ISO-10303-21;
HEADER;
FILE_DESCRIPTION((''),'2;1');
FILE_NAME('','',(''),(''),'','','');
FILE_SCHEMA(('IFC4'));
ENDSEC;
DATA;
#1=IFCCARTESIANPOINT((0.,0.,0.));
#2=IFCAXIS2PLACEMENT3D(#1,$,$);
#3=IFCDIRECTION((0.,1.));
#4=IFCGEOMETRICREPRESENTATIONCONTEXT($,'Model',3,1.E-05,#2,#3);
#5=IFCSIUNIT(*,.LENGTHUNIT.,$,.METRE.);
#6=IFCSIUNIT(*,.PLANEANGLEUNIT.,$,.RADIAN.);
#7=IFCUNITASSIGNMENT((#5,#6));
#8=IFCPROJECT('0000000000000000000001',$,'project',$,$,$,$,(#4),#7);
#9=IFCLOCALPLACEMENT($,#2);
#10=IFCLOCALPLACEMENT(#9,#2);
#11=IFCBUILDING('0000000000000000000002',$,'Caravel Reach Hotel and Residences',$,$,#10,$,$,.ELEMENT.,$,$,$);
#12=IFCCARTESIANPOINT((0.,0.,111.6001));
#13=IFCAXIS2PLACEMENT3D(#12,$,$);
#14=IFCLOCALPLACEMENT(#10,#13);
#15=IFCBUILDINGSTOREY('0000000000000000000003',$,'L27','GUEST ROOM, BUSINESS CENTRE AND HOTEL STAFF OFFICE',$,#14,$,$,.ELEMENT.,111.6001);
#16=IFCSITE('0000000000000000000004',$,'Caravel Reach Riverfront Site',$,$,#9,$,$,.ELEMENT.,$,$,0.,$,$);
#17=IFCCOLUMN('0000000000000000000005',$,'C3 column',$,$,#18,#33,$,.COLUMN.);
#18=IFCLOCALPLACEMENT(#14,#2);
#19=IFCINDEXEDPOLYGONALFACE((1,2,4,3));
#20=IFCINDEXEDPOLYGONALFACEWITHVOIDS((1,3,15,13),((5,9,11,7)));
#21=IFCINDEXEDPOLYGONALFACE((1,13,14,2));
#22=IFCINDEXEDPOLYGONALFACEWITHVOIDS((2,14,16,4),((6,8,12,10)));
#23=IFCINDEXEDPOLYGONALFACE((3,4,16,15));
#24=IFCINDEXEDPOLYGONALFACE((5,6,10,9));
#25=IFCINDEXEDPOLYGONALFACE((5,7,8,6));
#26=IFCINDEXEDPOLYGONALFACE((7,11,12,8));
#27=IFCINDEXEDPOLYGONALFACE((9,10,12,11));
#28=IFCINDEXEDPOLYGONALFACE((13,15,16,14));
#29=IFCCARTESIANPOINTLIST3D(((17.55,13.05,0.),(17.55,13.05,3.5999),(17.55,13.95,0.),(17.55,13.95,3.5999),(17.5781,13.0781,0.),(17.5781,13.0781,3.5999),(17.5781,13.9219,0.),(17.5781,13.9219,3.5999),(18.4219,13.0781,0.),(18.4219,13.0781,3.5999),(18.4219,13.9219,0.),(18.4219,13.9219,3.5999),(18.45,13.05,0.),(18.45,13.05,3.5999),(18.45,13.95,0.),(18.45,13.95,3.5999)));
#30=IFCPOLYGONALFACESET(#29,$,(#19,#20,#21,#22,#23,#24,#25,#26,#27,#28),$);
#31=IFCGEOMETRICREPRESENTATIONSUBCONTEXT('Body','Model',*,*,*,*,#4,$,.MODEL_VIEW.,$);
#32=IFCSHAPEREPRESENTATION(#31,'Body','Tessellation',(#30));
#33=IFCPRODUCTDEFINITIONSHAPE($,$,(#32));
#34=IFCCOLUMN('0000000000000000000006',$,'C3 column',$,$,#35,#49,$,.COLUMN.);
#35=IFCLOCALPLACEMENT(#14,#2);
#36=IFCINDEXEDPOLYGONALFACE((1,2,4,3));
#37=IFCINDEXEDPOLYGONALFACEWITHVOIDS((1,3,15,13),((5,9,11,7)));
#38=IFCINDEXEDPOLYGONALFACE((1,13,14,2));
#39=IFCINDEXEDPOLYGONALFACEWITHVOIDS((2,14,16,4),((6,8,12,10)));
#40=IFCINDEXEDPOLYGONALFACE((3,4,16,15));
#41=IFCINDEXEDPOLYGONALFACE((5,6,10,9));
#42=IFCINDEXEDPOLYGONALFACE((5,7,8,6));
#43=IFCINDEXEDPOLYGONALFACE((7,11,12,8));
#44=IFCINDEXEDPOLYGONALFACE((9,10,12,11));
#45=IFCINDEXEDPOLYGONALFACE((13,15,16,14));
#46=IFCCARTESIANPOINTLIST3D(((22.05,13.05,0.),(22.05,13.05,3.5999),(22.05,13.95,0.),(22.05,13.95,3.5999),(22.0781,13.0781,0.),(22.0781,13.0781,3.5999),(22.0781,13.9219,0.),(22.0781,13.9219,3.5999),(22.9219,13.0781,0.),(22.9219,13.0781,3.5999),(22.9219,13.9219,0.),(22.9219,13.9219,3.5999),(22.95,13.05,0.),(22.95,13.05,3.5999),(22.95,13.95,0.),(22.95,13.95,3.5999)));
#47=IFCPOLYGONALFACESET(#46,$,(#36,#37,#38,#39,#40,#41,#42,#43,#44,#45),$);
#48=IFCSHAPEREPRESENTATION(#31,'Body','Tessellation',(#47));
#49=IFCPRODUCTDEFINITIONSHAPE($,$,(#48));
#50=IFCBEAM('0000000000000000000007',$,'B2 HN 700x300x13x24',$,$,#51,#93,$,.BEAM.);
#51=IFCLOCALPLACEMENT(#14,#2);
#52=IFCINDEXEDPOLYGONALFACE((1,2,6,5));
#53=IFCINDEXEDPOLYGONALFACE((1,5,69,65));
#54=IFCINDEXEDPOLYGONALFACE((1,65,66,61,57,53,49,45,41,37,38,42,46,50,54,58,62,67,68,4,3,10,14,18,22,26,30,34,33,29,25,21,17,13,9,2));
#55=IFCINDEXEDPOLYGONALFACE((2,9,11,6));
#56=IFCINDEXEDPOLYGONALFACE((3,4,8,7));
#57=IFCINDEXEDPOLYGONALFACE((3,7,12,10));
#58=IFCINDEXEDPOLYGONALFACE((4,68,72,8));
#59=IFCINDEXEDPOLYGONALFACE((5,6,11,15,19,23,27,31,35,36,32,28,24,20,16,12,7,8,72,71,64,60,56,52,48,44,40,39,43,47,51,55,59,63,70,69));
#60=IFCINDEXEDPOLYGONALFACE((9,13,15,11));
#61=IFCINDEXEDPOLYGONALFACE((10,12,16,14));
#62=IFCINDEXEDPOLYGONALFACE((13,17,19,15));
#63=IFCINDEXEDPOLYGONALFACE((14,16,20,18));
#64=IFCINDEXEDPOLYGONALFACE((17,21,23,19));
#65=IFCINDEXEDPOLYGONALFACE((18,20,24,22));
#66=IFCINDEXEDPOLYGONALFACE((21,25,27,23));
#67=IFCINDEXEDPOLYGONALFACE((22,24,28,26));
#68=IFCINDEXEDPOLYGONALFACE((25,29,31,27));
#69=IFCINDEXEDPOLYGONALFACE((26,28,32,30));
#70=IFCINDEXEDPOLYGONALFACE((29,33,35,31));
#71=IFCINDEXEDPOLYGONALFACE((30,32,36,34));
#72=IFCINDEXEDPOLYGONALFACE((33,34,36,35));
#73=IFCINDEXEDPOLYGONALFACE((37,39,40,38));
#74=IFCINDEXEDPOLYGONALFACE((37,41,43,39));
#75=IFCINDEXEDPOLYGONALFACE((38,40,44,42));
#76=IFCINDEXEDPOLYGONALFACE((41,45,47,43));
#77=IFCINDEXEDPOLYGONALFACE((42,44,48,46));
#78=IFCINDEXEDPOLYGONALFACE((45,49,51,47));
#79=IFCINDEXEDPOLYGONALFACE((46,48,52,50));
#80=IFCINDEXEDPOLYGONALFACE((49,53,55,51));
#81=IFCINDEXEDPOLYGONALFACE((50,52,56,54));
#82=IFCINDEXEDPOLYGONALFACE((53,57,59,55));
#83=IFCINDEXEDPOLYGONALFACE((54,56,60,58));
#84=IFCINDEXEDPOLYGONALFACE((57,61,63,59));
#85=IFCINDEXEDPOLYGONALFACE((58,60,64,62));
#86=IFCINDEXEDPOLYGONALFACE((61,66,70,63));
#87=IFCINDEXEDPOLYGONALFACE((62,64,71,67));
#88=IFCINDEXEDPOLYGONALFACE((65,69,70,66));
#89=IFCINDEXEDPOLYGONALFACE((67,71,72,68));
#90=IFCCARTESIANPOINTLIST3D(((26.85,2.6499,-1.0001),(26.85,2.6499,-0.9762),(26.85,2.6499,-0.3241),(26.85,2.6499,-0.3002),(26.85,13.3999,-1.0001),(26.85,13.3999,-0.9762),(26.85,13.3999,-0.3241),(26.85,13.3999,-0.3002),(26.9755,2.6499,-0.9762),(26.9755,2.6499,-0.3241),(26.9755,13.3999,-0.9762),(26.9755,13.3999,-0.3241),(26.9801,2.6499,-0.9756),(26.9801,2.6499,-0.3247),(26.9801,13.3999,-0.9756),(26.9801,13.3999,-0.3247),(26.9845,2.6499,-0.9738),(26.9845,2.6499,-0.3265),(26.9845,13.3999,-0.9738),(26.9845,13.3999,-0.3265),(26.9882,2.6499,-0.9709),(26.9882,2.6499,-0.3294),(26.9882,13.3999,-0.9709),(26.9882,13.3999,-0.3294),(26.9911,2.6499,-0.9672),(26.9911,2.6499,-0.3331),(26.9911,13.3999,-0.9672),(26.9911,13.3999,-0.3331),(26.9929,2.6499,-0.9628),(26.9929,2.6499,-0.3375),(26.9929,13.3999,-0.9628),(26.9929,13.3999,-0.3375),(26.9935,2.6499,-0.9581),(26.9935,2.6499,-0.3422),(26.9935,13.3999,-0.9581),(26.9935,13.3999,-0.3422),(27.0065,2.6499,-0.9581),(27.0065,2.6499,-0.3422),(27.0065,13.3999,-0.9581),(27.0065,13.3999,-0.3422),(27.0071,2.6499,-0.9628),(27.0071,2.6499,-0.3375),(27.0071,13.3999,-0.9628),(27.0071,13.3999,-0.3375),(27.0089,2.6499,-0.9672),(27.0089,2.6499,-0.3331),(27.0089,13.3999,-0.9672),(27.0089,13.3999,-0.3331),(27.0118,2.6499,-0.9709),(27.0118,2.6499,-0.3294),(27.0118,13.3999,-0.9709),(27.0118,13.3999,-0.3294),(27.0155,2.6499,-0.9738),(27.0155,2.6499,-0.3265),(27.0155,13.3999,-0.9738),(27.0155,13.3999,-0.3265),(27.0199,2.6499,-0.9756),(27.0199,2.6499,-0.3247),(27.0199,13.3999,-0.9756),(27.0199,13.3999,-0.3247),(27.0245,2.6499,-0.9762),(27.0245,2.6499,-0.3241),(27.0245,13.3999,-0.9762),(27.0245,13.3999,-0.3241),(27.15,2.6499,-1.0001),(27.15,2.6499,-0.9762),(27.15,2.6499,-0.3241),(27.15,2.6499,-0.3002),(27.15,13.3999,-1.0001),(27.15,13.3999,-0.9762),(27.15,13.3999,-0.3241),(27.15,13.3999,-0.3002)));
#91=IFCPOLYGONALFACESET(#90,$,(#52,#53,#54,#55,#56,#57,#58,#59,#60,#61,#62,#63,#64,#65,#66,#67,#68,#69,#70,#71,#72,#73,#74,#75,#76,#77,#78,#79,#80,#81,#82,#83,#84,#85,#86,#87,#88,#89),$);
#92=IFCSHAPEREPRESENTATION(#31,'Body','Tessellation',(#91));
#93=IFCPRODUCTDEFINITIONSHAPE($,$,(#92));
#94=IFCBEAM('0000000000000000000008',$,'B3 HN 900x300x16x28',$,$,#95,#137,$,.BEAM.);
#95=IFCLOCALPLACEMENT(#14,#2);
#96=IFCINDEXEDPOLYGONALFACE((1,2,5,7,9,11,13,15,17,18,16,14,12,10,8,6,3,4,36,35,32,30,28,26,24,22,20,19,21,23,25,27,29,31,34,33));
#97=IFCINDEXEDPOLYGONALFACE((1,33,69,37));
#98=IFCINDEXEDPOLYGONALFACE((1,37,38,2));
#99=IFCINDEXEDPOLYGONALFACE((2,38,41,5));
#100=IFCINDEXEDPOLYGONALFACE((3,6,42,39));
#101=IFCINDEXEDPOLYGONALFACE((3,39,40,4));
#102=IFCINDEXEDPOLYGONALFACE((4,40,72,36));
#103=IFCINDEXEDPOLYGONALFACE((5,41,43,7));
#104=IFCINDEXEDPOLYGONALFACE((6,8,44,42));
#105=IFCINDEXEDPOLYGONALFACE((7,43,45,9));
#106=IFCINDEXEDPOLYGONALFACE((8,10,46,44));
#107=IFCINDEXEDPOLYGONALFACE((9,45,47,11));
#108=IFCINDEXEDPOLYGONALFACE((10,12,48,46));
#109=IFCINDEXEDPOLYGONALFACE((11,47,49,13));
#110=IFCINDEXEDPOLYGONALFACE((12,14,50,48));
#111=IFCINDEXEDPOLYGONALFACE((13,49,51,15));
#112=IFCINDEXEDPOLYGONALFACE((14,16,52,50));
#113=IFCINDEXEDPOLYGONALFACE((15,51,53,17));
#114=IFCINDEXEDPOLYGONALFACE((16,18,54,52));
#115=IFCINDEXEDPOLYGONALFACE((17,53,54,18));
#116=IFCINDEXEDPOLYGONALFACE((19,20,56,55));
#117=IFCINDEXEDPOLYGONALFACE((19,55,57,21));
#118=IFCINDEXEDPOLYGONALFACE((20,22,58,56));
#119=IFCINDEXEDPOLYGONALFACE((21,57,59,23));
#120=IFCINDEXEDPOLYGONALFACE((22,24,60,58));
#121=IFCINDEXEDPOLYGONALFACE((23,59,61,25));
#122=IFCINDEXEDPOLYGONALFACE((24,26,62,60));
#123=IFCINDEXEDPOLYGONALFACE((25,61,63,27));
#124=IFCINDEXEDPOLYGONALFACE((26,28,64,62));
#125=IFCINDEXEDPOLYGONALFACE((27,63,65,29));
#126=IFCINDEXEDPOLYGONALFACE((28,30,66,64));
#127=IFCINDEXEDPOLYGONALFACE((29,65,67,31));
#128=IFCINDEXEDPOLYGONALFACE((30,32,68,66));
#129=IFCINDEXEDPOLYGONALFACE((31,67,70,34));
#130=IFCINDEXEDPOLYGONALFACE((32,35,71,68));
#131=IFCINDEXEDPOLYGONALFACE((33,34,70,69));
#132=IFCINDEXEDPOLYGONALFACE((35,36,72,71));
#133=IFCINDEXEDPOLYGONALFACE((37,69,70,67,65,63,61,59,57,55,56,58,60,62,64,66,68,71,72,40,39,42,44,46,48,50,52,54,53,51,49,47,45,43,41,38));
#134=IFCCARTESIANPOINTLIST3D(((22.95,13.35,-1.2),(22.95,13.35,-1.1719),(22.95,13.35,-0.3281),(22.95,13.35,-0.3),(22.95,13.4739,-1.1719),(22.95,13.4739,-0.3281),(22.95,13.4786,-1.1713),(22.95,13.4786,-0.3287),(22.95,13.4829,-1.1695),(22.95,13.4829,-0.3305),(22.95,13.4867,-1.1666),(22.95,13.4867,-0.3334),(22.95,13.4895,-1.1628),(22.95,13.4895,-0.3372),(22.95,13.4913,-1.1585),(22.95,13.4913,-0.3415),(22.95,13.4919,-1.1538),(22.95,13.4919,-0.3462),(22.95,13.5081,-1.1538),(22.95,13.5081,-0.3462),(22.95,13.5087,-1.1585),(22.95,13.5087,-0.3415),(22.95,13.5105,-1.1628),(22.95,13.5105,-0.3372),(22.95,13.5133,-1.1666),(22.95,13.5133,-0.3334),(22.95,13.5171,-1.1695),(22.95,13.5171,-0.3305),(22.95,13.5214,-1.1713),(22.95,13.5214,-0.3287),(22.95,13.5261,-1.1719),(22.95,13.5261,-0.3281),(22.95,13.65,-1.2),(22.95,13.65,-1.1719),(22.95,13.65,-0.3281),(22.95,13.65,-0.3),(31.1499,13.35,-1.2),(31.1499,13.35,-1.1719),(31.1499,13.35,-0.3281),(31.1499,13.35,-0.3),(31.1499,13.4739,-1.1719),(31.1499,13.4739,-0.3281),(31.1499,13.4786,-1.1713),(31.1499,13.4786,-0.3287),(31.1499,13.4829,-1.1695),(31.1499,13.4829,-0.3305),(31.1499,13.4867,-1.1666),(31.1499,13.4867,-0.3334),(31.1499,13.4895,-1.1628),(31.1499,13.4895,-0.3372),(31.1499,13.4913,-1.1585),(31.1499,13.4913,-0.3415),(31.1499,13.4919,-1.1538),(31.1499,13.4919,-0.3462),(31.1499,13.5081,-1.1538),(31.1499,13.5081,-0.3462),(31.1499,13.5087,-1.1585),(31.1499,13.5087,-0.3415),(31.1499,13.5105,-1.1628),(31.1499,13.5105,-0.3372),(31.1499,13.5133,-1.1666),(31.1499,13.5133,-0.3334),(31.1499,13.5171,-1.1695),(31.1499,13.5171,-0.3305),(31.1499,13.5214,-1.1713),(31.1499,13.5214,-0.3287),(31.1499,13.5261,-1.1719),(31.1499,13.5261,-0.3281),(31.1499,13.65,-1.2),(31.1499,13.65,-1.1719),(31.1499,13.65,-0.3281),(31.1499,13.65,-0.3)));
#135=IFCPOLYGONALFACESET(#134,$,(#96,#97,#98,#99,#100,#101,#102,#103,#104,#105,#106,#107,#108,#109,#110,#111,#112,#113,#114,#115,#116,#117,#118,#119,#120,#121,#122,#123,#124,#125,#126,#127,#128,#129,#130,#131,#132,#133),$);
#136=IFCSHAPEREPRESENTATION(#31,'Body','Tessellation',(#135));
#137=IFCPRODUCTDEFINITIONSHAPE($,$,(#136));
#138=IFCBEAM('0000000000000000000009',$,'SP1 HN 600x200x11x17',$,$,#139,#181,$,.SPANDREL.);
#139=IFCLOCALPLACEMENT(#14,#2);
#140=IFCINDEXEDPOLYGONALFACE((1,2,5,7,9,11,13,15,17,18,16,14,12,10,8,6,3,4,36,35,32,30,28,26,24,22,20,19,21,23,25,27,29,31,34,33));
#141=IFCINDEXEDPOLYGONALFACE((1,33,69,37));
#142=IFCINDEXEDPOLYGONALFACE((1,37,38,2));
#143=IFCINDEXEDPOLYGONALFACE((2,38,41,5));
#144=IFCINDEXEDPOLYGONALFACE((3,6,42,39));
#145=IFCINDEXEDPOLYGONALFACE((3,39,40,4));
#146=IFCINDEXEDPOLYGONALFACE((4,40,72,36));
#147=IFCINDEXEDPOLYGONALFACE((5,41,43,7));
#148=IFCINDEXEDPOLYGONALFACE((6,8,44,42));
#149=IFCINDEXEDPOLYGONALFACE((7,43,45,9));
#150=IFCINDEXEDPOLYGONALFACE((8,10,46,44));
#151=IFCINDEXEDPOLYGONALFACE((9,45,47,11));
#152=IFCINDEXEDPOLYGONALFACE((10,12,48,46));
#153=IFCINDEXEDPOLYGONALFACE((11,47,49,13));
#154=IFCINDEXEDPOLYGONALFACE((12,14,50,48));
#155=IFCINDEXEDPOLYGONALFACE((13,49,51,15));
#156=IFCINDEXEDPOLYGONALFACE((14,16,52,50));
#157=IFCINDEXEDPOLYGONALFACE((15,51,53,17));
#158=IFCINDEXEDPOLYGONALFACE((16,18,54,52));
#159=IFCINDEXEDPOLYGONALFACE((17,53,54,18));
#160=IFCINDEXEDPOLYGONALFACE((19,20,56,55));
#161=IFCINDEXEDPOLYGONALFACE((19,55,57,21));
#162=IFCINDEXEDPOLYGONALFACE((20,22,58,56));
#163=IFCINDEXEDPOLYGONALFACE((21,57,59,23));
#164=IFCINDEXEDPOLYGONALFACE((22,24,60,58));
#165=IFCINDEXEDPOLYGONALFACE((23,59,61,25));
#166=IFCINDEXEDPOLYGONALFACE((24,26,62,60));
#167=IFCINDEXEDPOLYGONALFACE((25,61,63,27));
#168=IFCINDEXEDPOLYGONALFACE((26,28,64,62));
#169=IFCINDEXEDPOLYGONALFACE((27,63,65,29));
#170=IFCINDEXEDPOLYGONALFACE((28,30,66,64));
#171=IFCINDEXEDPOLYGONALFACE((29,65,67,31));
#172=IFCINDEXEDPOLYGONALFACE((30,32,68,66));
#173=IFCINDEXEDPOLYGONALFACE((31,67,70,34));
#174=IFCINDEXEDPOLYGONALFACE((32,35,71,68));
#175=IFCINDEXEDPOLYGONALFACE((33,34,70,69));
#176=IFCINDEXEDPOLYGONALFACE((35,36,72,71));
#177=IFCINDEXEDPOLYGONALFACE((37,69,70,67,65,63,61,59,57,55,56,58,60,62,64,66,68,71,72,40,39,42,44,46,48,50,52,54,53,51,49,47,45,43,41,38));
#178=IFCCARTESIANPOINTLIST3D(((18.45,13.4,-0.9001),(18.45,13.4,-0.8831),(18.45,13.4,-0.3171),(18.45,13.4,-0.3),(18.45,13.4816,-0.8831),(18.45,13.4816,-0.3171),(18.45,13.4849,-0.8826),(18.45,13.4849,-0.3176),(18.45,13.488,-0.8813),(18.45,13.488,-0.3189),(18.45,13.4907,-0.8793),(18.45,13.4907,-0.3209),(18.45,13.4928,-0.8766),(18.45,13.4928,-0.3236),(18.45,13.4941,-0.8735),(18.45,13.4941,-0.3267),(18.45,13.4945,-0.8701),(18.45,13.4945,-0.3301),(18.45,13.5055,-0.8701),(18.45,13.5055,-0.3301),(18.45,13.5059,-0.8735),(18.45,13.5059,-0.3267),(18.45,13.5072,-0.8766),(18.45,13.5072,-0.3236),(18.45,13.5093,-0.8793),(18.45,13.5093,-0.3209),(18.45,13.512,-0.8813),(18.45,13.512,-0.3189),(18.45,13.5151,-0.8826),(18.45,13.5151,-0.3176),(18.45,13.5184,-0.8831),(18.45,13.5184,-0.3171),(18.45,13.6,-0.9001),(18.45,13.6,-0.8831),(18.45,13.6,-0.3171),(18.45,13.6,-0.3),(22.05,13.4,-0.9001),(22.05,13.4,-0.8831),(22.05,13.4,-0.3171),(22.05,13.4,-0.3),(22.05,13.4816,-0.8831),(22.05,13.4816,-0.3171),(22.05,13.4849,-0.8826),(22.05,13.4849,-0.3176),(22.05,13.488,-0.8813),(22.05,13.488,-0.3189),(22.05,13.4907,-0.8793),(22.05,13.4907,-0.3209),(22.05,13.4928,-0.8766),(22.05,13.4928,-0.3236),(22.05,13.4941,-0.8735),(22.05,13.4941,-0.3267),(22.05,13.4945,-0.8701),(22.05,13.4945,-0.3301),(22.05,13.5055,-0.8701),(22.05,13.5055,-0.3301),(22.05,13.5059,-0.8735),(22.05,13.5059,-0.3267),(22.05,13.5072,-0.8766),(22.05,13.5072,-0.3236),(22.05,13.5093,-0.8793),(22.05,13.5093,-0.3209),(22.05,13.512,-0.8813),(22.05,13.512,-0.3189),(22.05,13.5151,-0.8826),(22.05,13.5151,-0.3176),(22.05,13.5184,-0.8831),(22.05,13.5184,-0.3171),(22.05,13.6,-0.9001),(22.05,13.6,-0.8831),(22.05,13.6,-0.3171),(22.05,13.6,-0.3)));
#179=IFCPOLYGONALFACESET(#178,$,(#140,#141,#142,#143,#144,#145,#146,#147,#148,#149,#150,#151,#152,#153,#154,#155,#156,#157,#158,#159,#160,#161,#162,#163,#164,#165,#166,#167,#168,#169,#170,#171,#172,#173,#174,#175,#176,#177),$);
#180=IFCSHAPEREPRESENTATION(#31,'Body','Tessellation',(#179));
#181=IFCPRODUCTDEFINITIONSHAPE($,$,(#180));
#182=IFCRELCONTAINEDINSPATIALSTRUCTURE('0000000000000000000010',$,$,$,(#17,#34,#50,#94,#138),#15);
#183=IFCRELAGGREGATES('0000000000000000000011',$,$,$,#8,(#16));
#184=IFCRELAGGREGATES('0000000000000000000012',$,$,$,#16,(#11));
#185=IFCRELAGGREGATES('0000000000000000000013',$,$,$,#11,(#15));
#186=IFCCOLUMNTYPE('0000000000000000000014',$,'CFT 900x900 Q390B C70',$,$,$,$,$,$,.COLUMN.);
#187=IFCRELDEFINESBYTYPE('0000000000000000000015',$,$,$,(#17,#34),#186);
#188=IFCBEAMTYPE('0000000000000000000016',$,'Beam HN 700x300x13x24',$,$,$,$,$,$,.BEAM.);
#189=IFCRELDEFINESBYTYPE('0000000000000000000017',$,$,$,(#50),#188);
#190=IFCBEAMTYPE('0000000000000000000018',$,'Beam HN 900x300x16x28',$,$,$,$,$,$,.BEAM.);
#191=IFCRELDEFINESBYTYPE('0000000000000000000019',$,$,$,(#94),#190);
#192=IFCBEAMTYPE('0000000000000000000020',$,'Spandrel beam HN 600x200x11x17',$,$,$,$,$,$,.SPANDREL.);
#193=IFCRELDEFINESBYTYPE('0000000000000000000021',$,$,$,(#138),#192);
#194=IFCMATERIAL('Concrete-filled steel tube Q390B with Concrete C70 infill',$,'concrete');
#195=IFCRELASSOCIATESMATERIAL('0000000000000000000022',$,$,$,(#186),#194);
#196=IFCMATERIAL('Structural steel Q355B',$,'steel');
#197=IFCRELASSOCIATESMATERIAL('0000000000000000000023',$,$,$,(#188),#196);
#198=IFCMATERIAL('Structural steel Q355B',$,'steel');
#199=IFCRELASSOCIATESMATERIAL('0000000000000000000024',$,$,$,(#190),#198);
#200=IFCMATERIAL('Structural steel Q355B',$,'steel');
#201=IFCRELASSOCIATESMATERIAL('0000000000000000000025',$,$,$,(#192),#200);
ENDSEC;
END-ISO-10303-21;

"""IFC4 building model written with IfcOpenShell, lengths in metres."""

from ifc_helpers import new_model, si_unit, direction, frame, origin, origin_2d, place, context, subcontext, project, spatial, hollow_rectangle, i_section, extrude, material, material_profile, profile_set, type_object, element, save


model = new_model("IFC4")

# Units and contexts
model_context = context("Model", 3, precision=1e-05, world=origin(), true_north=direction((0.0, 1.0)))
body_context = subcontext(model_context, "Body", "Model", "MODEL_VIEW")
ifc_project = project(units=[si_unit("LENGTHUNIT", "METRE"), si_unit("PLANEANGLEUNIT", "RADIAN")], contexts=[model_context])

# Site, building, storey
site_placement = place(None, origin())
site = spatial("IfcSite", under=ifc_project, at=site_placement, Name="Caravel Reach Riverfront Site", CompositionType="ELEMENT", RefElevation=0.0)
building_placement = place(site_placement, origin())
building = spatial("IfcBuilding", under=site, at=building_placement, Name="Caravel Reach Hotel and Residences", CompositionType="ELEMENT")
storey_placement = place(building_placement, frame((0.0, 0.0, 111.6001)))
storey = spatial("IfcBuildingStorey", under=building, at=storey_placement, Name="L27", Description="GUEST ROOM, BUSINESS CENTRE AND HOTEL STAFF OFFICE", CompositionType="ELEMENT", Elevation=111.6001)

# Columns
ifc_material_1 = material(Name="Concrete-filled steel tube Q390B with Concrete C70 infill", Category="concrete")
ifc_material_profile_1 = material_profile(ifc_material_1, hollow_rectangle(XDim=0.8999, YDim=0.8999, WallThickness=0.0281, at=origin_2d()), Name="RHS 900x900x28")
ifc_profile_set_1 = profile_set([ifc_material_profile_1], Name="Concrete-filled steel tube Q390B with Concrete C70 infill")
column_type = type_object("IfcColumnType", Name="CFT 900x900 Q390B C70", PredefinedType="COLUMN", material=ifc_profile_set_1)
for number, where, z_axis, x_axis, name in (
    (1, (18.0, 13.5, 0.0), (0.0, 0.0, 1.0), (1.0, 0.0, 0.0), "C3 column"),
    (2, (22.5, 13.5, 0.0), (0.0, 0.0, 1.0), (1.0, 0.0, 0.0), "C3 column"),
):
    element("IfcColumn", number, at=place(storey_placement, frame(where, z_axis=z_axis, x_axis=x_axis)), inside=storey, type_object=column_type, Name=name, PredefinedType="COLUMN", context=body_context, shape_type="SweptSolid", body=[
        extrude(hollow_rectangle(XDim=0.8999, YDim=0.8999, WallThickness=0.0281, at=origin_2d()), origin(), (0.0, 0.0, 1.0), 3.5999),
    ])

# Beams
ifc_material_2 = material(Name="Structural steel Q355B", Category="steel")
ifc_material_profile_2 = material_profile(ifc_material_2, i_section(OverallWidth=0.3, OverallDepth=0.7, WebThickness=0.0129, FlangeThickness=0.0239, FilletRadius=0.0181, at=origin_2d()), Name="HN 700x300x13x24")
ifc_profile_set_2 = profile_set([ifc_material_profile_2], Name="Structural steel Q355B")
beam_type_1 = type_object("IfcBeamType", Name="Beam HN 700x300x13x24", PredefinedType="BEAM", material=ifc_profile_set_2)
beam_1_placement = place(storey_placement, frame((27.0, 13.3999, -0.6501), z_axis=(0.0, -1.0, 0.0), x_axis=(1.0, 0.0, 0.0)))
element("IfcBeam", 3, at=beam_1_placement, inside=storey, type_object=beam_type_1, Name="B2 HN 700x300x13x24", PredefinedType="BEAM", context=body_context, shape_type="SweptSolid", body=[
    extrude(i_section(OverallWidth=0.3, OverallDepth=0.7, WebThickness=0.0129, FlangeThickness=0.0239, FilletRadius=0.0181, at=origin_2d()), origin(), (0.0, 0.0, 1.0), 10.75),
])
ifc_material_3 = material(Name="Structural steel Q355B", Category="steel")
ifc_material_profile_3 = material_profile(ifc_material_3, i_section(OverallWidth=0.3, OverallDepth=0.8999, WebThickness=0.0161, FlangeThickness=0.0281, FilletRadius=0.0181, at=origin_2d()), Name="HN 900x300x16x28")
ifc_profile_set_3 = profile_set([ifc_material_profile_3], Name="Structural steel Q355B")
beam_type_2 = type_object("IfcBeamType", Name="Beam HN 900x300x16x28", PredefinedType="BEAM", material=ifc_profile_set_3)
beam_2_placement = place(storey_placement, frame((22.95, 13.5, -0.75), z_axis=(1.0, 0.0, 0.0), x_axis=(0.0, 1.0, 0.0)))
element("IfcBeam", 4, at=beam_2_placement, inside=storey, type_object=beam_type_2, Name="B3 HN 900x300x16x28", PredefinedType="BEAM", context=body_context, shape_type="SweptSolid", body=[
    extrude(i_section(OverallWidth=0.3, OverallDepth=0.8999, WebThickness=0.0161, FlangeThickness=0.0281, FilletRadius=0.0181, at=origin_2d()), origin(), (0.0, 0.0, 1.0), 8.2),
])
ifc_material_4 = material(Name="Structural steel Q355B", Category="steel")
ifc_material_profile_4 = material_profile(ifc_material_4, i_section(OverallWidth=0.2, OverallDepth=0.6001, WebThickness=0.011, FlangeThickness=0.0171, FilletRadius=0.0129, at=origin_2d()), Name="HN 600x200x11x17")
ifc_profile_set_4 = profile_set([ifc_material_profile_4], Name="Structural steel Q355B")
beam_type_3 = type_object("IfcBeamType", Name="Spandrel beam HN 600x200x11x17", PredefinedType="SPANDREL", material=ifc_profile_set_4)
beam_3_placement = place(storey_placement, frame((18.45, 13.5, -0.6001), z_axis=(1.0, 0.0, 0.0), x_axis=(0.0, 1.0, 0.0)))
element("IfcBeam", 5, at=beam_3_placement, inside=storey, type_object=beam_type_3, Name="SP1 HN 600x200x11x17", PredefinedType="SPANDREL", context=body_context, shape_type="SweptSolid", body=[
    extrude(i_section(OverallWidth=0.2, OverallDepth=0.6001, WebThickness=0.011, FlangeThickness=0.0171, FilletRadius=0.0129, at=origin_2d()), origin(), (0.0, 0.0, 1.0), 3.6001),
])

save(model, "model.ifc")
